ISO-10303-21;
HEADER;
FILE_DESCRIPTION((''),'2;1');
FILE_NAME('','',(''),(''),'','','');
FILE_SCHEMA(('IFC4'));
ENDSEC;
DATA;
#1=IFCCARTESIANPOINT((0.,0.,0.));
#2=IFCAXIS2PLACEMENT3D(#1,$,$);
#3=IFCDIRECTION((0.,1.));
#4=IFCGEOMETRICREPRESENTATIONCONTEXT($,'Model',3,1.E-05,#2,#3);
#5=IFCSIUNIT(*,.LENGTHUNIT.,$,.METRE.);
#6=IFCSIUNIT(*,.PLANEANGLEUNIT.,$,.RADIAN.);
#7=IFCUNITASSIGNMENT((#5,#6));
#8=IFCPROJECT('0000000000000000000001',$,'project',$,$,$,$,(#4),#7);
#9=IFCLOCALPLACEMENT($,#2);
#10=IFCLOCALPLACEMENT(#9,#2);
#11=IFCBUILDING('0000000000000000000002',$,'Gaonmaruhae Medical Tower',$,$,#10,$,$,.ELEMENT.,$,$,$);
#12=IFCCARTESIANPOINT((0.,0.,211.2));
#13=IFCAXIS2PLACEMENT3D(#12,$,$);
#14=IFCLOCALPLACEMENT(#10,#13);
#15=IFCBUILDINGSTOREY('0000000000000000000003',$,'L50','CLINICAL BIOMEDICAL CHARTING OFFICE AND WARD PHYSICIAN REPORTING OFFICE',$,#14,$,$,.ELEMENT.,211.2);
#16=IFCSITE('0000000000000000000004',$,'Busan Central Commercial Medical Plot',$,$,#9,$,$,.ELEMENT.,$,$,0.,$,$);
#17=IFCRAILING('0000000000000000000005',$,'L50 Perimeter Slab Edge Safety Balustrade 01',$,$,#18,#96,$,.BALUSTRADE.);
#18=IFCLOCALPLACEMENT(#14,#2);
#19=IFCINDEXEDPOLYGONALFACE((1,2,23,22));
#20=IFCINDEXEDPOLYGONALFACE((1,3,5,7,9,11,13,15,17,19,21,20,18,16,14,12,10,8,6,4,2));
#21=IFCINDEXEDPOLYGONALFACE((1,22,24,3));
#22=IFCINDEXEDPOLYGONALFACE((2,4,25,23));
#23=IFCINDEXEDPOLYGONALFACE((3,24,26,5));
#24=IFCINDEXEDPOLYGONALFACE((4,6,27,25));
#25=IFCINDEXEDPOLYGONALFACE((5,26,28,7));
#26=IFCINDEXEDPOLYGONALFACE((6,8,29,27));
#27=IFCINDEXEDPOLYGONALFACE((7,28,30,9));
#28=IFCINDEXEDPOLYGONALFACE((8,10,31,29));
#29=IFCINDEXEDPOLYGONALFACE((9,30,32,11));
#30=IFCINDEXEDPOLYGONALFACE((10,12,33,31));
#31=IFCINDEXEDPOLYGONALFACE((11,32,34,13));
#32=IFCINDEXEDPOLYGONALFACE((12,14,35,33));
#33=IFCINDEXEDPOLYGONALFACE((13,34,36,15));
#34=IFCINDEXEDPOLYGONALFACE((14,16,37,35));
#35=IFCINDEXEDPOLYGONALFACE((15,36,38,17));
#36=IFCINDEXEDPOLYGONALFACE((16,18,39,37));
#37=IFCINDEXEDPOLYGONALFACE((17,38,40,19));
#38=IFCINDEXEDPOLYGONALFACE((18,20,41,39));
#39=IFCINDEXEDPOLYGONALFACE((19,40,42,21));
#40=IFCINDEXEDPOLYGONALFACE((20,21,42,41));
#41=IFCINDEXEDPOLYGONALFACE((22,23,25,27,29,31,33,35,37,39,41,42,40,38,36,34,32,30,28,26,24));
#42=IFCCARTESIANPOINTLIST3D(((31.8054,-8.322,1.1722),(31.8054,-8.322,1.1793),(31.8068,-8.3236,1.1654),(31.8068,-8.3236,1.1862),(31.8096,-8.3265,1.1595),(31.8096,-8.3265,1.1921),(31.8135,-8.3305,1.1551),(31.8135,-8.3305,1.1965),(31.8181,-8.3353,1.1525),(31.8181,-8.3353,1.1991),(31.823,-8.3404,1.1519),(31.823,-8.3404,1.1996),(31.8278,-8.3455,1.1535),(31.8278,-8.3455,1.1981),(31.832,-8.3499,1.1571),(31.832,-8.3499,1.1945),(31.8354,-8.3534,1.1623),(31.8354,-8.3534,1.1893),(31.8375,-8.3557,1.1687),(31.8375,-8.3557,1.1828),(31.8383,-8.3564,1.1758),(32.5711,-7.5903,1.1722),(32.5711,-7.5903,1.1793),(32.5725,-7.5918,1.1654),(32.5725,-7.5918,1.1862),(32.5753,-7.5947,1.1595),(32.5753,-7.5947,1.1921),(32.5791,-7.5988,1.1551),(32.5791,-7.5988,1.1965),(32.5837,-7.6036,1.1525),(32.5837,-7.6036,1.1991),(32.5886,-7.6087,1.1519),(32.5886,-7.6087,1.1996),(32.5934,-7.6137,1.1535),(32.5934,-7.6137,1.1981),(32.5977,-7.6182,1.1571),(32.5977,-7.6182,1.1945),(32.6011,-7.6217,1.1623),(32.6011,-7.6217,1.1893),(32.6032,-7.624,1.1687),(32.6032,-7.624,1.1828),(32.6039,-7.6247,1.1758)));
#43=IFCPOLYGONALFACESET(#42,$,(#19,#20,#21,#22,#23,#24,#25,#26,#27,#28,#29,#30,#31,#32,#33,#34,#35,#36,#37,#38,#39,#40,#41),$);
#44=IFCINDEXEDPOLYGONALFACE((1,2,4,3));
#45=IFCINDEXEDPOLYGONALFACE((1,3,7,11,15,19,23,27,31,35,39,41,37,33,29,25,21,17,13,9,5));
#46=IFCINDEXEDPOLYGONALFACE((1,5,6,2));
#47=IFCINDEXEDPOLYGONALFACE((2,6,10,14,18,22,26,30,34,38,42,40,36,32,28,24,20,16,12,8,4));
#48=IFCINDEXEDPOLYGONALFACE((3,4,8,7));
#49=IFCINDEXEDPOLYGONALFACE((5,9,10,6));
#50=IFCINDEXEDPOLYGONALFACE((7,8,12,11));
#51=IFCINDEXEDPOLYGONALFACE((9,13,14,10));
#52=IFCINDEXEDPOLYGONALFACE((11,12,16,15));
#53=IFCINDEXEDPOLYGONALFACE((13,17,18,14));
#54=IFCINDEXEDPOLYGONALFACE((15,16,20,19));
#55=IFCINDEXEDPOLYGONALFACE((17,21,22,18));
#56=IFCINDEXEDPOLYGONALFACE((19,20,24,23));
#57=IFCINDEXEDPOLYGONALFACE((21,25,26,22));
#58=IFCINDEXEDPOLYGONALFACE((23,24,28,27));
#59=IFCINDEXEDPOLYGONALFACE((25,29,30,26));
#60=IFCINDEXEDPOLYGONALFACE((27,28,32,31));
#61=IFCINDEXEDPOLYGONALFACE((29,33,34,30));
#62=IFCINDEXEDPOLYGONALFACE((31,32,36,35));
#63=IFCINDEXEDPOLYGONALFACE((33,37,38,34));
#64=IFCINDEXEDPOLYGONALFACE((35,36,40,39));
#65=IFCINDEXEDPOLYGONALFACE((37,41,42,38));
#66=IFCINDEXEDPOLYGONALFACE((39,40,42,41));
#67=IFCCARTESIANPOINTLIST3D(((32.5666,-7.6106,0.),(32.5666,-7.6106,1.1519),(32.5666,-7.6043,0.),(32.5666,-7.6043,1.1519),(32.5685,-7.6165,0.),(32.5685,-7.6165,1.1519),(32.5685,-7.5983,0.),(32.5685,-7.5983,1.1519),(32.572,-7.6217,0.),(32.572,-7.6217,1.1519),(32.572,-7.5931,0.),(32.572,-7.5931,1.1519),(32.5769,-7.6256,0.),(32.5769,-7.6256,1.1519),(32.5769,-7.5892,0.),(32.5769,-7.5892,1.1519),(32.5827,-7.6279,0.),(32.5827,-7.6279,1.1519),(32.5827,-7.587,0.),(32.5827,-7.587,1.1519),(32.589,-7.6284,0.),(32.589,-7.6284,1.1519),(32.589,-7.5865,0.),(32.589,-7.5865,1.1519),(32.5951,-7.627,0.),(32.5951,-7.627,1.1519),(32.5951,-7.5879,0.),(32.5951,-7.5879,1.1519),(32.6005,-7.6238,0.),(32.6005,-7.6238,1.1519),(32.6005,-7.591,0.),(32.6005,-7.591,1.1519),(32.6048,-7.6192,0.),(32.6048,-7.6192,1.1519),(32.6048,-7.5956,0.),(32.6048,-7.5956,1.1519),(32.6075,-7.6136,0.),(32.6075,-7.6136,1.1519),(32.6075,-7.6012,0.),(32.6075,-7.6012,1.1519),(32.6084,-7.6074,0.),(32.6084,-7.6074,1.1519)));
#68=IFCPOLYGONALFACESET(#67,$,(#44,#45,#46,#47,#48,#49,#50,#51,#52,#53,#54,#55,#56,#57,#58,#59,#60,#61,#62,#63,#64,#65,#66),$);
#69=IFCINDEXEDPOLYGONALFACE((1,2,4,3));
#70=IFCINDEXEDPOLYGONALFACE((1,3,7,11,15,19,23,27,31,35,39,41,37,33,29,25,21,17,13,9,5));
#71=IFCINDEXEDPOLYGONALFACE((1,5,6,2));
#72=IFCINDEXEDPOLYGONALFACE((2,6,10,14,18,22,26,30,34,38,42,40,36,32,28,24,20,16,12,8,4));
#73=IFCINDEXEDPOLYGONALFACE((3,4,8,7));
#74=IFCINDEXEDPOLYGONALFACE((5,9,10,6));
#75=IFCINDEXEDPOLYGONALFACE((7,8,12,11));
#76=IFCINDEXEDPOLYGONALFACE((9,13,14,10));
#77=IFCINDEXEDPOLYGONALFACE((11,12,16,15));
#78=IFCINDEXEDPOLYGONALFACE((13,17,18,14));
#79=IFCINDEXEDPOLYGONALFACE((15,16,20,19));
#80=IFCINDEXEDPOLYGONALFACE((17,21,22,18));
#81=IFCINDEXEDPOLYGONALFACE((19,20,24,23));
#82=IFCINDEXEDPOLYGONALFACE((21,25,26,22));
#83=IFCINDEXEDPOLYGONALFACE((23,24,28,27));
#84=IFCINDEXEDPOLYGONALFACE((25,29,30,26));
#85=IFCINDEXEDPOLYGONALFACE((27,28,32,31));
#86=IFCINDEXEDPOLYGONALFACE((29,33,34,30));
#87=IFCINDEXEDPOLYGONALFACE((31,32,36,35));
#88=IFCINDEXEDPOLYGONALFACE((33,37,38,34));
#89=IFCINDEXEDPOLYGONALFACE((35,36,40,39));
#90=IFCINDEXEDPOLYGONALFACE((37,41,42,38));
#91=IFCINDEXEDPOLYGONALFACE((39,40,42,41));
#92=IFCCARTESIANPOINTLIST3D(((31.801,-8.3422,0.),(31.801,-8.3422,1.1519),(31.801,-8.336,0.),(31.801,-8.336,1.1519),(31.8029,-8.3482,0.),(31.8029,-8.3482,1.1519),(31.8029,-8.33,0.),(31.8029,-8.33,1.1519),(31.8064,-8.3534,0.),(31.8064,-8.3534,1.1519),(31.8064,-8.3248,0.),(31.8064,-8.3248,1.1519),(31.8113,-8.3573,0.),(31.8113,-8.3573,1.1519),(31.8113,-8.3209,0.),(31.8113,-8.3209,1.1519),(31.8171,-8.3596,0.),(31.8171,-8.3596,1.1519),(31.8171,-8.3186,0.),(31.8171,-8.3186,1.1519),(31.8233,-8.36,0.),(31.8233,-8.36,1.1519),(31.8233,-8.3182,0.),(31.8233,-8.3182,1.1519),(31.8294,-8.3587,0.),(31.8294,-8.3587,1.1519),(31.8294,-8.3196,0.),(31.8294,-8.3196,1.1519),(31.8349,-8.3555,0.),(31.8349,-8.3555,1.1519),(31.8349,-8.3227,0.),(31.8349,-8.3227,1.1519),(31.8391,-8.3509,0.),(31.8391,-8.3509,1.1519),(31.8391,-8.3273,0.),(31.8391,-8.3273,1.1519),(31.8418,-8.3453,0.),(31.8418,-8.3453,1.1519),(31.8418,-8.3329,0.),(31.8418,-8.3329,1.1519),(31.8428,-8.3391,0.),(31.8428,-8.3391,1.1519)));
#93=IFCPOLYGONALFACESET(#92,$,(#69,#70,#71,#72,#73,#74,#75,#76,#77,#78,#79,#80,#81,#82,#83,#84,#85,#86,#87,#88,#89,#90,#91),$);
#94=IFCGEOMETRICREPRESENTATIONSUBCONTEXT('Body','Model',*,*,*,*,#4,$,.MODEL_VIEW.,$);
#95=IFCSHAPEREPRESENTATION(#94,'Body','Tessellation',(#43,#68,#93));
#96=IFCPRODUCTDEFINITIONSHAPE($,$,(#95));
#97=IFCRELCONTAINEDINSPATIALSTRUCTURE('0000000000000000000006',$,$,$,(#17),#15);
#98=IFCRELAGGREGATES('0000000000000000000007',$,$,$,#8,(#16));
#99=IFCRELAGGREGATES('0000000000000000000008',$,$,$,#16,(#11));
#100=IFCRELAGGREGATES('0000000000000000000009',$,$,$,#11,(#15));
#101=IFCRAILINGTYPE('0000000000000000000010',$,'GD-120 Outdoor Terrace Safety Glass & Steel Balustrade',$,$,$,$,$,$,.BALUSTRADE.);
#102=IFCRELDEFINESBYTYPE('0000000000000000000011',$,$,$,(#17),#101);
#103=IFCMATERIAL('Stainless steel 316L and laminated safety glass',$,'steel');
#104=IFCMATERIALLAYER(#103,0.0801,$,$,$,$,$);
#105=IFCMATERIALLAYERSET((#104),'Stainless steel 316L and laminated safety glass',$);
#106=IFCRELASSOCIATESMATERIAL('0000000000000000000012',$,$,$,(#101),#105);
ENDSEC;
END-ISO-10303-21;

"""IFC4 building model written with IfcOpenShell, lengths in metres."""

from ifc_helpers import new_model, si_unit, direction, frame, origin, origin_2d, place, context, subcontext, project, spatial, circle, extrude, material, layer, layer_set, type_object, element, save


model = new_model("IFC4")

# Units and contexts
model_context = context("Model", 3, precision=1e-05, world=origin(), true_north=direction((0.0, 1.0)))
body_context = subcontext(model_context, "Body", "Model", "MODEL_VIEW")
ifc_project = project(units=[si_unit("LENGTHUNIT", "METRE"), si_unit("PLANEANGLEUNIT", "RADIAN")], contexts=[model_context])

# Site, building, storey
site_placement = place(None, origin())
site = spatial("IfcSite", under=ifc_project, at=site_placement, Name="Busan Central Commercial Medical Plot", CompositionType="ELEMENT", RefElevation=0.0)
building_placement = place(site_placement, origin())
building = spatial("IfcBuilding", under=site, at=building_placement, Name="Gaonmaruhae Medical Tower", CompositionType="ELEMENT")
storey_placement = place(building_placement, frame((0.0, 0.0, 211.2)))
storey = spatial("IfcBuildingStorey", under=building, at=storey_placement, Name="L50", Description="CLINICAL BIOMEDICAL CHARTING OFFICE AND WARD PHYSICIAN REPORTING OFFICE", CompositionType="ELEMENT", Elevation=211.2)

# Railing
ifc_material_1 = material(Name="Stainless steel 316L and laminated safety glass", Category="steel")
ifc_layer_1 = layer(ifc_material_1, 0.0801)
ifc_layer_set_1 = layer_set([ifc_layer_1], Name="Stainless steel 316L and laminated safety glass")
railing_type = type_object("IfcRailingType", Name="GD-120 Outdoor Terrace Safety Glass & Steel Balustrade", PredefinedType="BALUSTRADE", material=ifc_layer_set_1)
railing_placement = place(storey_placement, frame((32.5874, -7.6074, 0.0)))
element("IfcRailing", 1, at=railing_placement, inside=storey, type_object=railing_type, Name="L50 Perimeter Slab Edge Safety Balustrade 01", PredefinedType="BALUSTRADE", context=body_context, shape_type="SweptSolid", body=[
    extrude(circle(Radius=0.0239, at=origin_2d()), frame((0.0, 0.0, 1.1758), z_axis=(-0.722947, -0.690903, 0.0), x_axis=(0.690903, -0.722947, 0.0)), (0.0, 0.0, 1.0), 1.0591),
    extrude(circle(Radius=0.021, at=origin_2d()), origin(), (0.0, 0.0, 1.0), 1.1519),
    extrude(circle(Radius=0.021, at=origin_2d()), frame((-0.7656, -0.7317, 0.0)), (0.0, 0.0, 1.0), 1.1519),
])

save(model, "model.ifc")
